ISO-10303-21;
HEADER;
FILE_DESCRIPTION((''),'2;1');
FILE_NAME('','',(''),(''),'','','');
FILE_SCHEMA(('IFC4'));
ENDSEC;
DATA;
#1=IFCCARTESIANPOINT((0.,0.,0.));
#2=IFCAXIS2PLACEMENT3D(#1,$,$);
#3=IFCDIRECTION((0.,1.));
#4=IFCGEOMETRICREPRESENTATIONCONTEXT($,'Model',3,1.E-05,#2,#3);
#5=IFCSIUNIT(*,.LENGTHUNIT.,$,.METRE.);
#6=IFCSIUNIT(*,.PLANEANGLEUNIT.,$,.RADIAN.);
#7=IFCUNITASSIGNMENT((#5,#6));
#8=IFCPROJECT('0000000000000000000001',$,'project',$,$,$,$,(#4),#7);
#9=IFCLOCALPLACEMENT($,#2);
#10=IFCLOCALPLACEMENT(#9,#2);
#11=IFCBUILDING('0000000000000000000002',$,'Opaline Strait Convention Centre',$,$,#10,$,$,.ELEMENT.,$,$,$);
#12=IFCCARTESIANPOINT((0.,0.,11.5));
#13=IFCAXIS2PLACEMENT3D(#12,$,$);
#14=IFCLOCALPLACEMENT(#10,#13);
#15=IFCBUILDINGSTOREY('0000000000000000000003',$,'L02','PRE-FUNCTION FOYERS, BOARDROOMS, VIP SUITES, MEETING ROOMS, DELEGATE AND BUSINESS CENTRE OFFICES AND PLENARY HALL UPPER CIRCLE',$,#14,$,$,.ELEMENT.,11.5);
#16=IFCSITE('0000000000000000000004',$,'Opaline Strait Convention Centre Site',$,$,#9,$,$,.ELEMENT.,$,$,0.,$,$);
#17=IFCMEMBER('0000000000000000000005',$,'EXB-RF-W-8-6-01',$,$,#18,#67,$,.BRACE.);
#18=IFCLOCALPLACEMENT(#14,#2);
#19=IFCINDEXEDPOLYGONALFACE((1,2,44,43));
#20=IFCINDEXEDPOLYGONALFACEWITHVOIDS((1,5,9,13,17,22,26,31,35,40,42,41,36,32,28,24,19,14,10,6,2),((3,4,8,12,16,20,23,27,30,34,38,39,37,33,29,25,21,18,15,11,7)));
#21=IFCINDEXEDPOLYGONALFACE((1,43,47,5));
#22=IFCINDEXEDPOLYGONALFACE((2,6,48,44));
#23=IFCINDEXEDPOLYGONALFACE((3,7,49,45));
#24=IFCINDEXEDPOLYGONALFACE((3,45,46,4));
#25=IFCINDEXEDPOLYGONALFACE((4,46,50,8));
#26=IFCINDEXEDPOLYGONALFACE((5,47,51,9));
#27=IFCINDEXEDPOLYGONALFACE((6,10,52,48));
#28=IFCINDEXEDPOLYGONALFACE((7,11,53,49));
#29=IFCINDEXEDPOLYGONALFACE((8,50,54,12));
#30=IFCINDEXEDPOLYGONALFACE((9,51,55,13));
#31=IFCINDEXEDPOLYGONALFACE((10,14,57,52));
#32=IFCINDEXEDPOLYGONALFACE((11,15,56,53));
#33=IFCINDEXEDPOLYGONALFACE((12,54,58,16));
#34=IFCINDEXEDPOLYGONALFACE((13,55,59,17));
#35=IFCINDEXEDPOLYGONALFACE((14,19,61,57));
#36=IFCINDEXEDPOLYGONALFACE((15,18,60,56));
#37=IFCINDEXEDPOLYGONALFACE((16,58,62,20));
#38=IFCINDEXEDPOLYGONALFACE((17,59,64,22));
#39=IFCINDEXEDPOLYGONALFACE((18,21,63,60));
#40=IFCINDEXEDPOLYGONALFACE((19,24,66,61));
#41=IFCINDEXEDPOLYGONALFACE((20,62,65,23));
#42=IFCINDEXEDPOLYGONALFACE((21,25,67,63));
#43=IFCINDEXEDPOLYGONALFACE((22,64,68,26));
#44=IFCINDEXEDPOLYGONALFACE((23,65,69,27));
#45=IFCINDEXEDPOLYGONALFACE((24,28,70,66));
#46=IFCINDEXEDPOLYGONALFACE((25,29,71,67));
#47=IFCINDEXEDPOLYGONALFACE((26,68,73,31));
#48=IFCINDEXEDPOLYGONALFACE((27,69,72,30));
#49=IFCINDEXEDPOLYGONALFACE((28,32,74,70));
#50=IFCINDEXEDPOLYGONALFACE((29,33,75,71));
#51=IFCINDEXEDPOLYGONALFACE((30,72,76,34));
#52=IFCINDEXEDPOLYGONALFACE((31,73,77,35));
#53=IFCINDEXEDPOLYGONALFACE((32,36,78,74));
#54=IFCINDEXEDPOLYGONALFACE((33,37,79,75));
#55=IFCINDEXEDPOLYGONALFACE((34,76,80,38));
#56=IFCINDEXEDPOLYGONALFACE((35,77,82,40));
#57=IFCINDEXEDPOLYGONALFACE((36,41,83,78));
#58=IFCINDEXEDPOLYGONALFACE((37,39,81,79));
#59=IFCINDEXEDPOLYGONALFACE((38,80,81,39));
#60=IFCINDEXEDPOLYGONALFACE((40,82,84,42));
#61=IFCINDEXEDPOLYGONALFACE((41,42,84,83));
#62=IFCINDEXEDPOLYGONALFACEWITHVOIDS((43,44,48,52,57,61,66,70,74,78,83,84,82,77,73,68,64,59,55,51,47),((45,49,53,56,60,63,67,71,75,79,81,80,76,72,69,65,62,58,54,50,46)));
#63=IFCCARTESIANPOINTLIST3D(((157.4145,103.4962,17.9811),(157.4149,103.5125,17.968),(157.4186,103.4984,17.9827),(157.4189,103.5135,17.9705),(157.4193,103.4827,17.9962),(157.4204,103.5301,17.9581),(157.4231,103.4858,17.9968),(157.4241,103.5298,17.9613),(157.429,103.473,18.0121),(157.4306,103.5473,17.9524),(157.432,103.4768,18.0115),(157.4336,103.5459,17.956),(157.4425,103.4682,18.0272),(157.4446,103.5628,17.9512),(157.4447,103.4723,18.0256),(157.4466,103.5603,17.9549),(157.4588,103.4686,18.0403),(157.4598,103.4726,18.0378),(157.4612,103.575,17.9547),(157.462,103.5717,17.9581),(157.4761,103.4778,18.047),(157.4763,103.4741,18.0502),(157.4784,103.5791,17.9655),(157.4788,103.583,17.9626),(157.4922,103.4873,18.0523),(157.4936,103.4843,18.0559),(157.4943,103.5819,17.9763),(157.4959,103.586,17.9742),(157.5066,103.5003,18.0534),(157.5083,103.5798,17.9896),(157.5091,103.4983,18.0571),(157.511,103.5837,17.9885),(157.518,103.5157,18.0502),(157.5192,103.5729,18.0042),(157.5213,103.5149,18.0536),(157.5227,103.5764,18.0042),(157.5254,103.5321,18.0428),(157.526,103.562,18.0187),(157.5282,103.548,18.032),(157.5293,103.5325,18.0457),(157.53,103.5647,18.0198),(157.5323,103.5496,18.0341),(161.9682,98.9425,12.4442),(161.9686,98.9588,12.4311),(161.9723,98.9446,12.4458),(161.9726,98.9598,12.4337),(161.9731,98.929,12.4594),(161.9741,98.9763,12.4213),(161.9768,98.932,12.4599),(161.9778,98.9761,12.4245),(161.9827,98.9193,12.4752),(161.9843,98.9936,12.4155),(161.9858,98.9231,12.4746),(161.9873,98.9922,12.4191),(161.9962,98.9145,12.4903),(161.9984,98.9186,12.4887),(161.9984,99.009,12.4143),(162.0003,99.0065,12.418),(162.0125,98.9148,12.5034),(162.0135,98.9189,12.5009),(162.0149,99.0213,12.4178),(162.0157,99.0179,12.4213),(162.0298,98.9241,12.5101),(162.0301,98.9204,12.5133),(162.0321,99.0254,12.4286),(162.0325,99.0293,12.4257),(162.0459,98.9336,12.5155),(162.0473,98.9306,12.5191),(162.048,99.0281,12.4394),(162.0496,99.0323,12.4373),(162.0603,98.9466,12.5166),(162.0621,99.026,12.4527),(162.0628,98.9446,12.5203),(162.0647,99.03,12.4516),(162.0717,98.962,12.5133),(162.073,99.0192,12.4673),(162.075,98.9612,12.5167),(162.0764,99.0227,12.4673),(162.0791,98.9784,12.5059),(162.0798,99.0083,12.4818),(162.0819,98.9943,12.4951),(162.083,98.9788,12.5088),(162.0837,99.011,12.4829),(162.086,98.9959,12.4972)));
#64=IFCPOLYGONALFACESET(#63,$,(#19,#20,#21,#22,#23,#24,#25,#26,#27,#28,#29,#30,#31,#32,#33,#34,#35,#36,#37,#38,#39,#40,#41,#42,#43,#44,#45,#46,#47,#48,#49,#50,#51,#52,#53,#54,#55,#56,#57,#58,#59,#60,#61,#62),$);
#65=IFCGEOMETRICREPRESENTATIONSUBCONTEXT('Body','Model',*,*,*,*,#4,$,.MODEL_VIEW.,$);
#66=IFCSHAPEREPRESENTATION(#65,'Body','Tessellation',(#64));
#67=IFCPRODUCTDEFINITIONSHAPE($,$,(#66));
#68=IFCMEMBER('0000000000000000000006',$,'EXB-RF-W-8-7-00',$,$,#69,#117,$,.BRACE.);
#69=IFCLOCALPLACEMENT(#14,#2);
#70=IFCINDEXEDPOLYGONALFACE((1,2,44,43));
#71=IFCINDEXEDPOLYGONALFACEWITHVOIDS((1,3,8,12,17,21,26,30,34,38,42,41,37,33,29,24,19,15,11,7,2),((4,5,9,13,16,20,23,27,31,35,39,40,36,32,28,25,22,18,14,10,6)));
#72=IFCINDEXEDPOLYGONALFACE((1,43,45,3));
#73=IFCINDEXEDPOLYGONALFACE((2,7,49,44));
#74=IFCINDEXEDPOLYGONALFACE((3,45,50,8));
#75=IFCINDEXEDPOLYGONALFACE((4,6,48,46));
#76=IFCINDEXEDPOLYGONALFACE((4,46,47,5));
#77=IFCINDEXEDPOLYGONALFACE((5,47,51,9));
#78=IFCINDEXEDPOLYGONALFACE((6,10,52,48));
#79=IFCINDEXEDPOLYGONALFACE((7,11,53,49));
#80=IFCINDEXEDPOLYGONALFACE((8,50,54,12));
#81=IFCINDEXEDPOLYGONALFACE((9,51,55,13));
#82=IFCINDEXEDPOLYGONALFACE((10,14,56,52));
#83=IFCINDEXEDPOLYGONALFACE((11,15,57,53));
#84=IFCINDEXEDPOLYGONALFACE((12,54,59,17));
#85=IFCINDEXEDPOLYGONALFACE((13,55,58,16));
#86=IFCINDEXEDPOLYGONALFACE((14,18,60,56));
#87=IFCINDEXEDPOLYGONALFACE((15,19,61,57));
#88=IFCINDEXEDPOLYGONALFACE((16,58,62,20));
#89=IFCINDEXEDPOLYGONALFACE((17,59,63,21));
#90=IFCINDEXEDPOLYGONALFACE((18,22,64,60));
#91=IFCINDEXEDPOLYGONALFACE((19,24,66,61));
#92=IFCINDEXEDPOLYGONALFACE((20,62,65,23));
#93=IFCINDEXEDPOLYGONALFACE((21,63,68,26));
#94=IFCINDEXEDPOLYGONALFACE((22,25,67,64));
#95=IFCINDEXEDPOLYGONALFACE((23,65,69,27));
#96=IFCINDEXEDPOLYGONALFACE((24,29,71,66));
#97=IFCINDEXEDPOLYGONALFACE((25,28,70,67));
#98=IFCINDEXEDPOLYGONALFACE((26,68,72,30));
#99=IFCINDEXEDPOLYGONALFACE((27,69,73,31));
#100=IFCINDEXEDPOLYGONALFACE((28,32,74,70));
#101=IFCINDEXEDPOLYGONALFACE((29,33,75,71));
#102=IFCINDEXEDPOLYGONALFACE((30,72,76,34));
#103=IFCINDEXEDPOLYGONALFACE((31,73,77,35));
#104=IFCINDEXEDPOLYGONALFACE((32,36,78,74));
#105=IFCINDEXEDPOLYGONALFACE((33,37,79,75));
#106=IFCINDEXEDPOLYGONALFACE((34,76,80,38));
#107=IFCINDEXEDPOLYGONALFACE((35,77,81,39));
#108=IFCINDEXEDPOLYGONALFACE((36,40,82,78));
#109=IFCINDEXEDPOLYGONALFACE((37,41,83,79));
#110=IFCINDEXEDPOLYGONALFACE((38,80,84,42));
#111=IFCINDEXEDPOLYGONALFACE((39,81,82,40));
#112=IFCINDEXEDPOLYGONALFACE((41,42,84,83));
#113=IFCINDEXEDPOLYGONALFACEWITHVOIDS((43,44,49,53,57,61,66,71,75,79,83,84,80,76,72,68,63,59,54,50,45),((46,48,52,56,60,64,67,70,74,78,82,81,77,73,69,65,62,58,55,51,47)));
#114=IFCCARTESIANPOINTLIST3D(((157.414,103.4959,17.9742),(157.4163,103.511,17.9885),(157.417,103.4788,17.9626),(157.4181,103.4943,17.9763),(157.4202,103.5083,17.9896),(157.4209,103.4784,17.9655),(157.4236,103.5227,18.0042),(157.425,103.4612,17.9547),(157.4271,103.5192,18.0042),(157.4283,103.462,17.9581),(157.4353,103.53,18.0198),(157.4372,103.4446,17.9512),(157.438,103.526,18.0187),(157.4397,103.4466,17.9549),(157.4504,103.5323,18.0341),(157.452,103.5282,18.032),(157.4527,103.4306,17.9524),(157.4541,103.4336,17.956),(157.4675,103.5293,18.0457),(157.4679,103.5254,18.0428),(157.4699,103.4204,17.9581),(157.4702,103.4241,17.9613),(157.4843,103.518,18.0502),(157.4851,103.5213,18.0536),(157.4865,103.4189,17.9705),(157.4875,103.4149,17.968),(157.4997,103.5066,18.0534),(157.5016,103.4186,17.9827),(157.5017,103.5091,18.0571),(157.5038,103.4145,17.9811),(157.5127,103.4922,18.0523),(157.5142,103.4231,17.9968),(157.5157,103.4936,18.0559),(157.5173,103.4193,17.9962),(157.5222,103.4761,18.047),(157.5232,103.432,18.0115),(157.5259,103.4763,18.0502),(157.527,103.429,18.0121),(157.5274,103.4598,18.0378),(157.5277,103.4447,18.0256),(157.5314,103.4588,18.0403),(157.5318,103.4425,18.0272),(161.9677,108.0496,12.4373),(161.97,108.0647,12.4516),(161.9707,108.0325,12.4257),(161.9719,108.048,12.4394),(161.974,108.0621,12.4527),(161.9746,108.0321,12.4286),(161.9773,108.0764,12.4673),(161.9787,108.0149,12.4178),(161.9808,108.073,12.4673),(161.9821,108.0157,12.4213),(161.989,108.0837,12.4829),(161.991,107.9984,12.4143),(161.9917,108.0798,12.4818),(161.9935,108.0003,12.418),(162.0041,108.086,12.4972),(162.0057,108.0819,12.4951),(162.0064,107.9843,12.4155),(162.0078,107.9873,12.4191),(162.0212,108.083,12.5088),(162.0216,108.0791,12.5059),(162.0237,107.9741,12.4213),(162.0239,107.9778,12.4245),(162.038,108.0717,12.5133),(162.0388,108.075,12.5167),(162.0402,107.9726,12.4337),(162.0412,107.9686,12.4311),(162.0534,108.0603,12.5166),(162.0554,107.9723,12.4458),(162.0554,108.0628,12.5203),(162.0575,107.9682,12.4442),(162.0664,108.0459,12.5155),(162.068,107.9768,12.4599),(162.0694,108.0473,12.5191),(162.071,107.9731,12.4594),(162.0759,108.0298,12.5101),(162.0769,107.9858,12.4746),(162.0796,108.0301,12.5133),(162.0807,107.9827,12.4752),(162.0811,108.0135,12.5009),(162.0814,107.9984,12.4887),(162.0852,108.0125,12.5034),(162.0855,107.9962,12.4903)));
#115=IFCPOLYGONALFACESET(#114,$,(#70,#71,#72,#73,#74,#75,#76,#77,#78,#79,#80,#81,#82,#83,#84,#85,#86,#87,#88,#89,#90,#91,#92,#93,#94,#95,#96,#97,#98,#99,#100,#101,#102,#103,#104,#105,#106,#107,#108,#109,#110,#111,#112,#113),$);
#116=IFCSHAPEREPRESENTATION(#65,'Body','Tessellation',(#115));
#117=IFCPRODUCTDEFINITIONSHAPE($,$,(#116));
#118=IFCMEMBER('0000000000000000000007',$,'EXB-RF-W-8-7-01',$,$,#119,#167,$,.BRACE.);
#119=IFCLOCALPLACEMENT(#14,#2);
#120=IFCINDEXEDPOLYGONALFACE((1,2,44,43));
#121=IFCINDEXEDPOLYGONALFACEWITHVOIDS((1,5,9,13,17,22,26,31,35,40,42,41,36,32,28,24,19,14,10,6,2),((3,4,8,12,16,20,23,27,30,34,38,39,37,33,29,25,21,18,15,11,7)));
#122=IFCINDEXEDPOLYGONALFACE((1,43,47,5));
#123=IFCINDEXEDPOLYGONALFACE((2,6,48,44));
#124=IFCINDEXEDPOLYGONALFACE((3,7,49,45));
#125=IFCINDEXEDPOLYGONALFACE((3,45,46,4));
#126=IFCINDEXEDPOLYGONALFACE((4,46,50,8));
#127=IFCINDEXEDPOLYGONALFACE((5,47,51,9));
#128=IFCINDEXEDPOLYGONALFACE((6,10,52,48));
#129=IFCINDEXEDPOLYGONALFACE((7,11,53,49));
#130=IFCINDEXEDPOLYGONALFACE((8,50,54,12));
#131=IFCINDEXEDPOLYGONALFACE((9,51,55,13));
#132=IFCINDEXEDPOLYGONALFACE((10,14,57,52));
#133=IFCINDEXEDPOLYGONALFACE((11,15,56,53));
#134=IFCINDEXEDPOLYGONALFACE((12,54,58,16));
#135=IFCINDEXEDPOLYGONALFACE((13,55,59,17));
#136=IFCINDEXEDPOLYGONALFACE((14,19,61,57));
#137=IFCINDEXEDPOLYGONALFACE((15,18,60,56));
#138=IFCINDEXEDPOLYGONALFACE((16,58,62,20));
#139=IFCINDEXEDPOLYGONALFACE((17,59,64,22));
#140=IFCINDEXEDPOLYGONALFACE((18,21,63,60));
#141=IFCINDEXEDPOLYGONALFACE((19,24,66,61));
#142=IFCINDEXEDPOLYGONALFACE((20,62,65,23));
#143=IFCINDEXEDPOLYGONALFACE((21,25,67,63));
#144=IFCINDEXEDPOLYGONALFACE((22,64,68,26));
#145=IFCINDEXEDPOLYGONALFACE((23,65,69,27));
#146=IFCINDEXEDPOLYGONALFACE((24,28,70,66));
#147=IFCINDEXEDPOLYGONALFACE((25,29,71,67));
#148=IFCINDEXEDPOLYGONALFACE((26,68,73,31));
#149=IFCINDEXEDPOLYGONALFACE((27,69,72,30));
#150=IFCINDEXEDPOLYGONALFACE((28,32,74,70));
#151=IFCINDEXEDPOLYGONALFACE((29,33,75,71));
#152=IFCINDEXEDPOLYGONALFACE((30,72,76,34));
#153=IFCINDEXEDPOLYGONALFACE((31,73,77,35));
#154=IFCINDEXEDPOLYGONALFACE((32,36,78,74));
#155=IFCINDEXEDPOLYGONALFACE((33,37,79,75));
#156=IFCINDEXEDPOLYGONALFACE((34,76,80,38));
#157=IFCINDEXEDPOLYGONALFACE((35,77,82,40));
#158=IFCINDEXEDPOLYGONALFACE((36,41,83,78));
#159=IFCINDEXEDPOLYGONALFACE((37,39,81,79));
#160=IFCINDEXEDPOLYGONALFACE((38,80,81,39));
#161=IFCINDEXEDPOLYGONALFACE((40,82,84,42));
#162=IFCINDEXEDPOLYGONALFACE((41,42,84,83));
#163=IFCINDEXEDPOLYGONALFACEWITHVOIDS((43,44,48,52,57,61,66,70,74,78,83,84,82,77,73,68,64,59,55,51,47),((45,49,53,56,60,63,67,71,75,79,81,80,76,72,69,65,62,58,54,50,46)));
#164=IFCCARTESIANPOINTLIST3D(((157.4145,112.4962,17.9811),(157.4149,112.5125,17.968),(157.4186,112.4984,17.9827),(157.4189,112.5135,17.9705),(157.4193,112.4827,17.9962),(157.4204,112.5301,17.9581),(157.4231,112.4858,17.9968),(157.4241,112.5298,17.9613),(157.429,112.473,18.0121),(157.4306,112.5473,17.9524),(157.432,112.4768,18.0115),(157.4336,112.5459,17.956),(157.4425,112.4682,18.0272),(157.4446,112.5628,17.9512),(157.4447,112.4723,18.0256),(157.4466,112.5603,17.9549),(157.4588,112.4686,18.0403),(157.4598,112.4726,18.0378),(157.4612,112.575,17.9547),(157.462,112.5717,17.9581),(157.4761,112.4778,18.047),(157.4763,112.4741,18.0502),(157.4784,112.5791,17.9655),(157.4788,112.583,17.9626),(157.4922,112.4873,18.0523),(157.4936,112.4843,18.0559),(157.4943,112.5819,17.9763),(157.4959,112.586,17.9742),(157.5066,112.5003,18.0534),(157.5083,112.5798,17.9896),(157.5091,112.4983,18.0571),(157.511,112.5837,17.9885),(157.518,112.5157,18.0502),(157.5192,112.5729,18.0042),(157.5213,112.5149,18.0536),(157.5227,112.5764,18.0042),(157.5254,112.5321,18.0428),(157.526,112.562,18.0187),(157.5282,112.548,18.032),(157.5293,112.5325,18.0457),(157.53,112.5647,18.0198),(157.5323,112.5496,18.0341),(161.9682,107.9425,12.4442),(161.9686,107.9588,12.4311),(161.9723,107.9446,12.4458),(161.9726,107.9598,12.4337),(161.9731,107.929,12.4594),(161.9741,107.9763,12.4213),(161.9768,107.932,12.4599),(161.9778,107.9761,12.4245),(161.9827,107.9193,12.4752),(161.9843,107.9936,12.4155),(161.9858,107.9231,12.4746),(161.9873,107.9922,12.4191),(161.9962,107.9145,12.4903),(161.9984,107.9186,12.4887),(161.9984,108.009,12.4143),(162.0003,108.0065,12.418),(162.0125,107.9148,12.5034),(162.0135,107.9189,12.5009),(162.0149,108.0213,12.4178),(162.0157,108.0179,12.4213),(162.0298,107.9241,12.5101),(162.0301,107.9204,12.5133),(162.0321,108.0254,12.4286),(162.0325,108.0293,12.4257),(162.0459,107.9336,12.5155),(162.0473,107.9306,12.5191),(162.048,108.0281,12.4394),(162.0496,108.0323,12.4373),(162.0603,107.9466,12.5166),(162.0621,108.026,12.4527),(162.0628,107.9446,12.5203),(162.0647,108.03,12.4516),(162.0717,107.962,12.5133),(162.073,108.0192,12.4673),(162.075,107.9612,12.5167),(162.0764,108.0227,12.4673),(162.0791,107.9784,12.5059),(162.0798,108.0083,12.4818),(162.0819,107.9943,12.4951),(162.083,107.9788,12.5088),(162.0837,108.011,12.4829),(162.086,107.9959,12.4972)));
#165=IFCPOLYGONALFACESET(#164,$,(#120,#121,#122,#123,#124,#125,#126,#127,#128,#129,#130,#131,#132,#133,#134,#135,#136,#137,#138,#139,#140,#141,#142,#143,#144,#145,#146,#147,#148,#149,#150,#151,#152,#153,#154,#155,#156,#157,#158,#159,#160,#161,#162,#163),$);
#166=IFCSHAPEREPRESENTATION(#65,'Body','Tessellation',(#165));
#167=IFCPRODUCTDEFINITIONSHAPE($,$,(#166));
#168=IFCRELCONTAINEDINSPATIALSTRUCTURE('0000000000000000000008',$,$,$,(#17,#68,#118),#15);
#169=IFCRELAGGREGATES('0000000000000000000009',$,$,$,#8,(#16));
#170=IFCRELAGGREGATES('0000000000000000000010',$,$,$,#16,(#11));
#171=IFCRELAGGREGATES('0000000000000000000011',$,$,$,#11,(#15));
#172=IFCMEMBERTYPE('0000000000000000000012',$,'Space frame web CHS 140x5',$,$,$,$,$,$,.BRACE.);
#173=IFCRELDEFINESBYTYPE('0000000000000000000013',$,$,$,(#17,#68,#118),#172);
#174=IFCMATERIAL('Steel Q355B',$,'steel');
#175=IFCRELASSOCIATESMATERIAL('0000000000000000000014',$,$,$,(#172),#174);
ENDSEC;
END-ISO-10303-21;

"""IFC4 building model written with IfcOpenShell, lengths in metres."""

from ifc_helpers import new_model, si_unit, direction, frame, origin, origin_2d, place, context, subcontext, project, spatial, hollow_circle, extrude, material, material_profile, profile_set, type_object, element, save


model = new_model("IFC4")

# Units and contexts
model_context = context("Model", 3, precision=1e-05, world=origin(), true_north=direction((0.0, 1.0)))
body_context = subcontext(model_context, "Body", "Model", "MODEL_VIEW")
ifc_project = project(units=[si_unit("LENGTHUNIT", "METRE"), si_unit("PLANEANGLEUNIT", "RADIAN")], contexts=[model_context])

# Site, building, storey
site_placement = place(None, origin())
site = spatial("IfcSite", under=ifc_project, at=site_placement, Name="Opaline Strait Convention Centre Site", CompositionType="ELEMENT", RefElevation=0.0)
building_placement = place(site_placement, origin())
building = spatial("IfcBuilding", under=site, at=building_placement, Name="Opaline Strait Convention Centre", CompositionType="ELEMENT")
storey_placement = place(building_placement, frame((0.0, 0.0, 11.5)))
storey = spatial("IfcBuildingStorey", under=building, at=storey_placement, Name="L02", Description="PRE-FUNCTION FOYERS, BOARDROOMS, VIP SUITES, MEETING ROOMS, DELEGATE AND BUSINESS CENTRE OFFICES AND PLENARY HALL UPPER CIRCLE", CompositionType="ELEMENT", Elevation=11.5)

# Members
ifc_material_1 = material(Name="Steel Q355B", Category="steel")
ifc_material_profile_1 = material_profile(ifc_material_1, hollow_circle(Radius=0.0701, WallThickness=0.0049, at=origin_2d()), Name="CHS 140x5")
ifc_profile_set_1 = profile_set([ifc_material_profile_1], Name="Steel Q355B")
member_type_1 = type_object("IfcMemberType", Name="Space frame web CHS 140x5", PredefinedType="BRACE", material=ifc_profile_set_1)
for number, where, z_axis, x_axis, name in (
    (1, (157.4731, 103.5269, 18.0042), (0.536178, -0.536178, -0.65194), (0.707107, 0.707107, 0.0), "EXB-RF-W-8-6-01"),
    (2, (157.4731, 103.4731, 18.0042), (0.536178, 0.536178, -0.65194), (-0.707107, 0.707107, 0.0), "EXB-RF-W-8-7-00"),
    (3, (157.4731, 112.5269, 18.0042), (0.536178, -0.536178, -0.65194), (0.707107, 0.707107, 0.0), "EXB-RF-W-8-7-01"),
):
    element("IfcMember", number, at=place(storey_placement, frame(where, z_axis=z_axis, x_axis=x_axis)), inside=storey, type_object=member_type_1, Name=name, PredefinedType="BRACE", context=body_context, shape_type="SweptSolid", body=[
        extrude(hollow_circle(Radius=0.0701, WallThickness=0.0049, at=origin_2d()), origin(), (0.0, 0.0, 1.0), 8.4929),
    ])

save(model, "model.ifc")
